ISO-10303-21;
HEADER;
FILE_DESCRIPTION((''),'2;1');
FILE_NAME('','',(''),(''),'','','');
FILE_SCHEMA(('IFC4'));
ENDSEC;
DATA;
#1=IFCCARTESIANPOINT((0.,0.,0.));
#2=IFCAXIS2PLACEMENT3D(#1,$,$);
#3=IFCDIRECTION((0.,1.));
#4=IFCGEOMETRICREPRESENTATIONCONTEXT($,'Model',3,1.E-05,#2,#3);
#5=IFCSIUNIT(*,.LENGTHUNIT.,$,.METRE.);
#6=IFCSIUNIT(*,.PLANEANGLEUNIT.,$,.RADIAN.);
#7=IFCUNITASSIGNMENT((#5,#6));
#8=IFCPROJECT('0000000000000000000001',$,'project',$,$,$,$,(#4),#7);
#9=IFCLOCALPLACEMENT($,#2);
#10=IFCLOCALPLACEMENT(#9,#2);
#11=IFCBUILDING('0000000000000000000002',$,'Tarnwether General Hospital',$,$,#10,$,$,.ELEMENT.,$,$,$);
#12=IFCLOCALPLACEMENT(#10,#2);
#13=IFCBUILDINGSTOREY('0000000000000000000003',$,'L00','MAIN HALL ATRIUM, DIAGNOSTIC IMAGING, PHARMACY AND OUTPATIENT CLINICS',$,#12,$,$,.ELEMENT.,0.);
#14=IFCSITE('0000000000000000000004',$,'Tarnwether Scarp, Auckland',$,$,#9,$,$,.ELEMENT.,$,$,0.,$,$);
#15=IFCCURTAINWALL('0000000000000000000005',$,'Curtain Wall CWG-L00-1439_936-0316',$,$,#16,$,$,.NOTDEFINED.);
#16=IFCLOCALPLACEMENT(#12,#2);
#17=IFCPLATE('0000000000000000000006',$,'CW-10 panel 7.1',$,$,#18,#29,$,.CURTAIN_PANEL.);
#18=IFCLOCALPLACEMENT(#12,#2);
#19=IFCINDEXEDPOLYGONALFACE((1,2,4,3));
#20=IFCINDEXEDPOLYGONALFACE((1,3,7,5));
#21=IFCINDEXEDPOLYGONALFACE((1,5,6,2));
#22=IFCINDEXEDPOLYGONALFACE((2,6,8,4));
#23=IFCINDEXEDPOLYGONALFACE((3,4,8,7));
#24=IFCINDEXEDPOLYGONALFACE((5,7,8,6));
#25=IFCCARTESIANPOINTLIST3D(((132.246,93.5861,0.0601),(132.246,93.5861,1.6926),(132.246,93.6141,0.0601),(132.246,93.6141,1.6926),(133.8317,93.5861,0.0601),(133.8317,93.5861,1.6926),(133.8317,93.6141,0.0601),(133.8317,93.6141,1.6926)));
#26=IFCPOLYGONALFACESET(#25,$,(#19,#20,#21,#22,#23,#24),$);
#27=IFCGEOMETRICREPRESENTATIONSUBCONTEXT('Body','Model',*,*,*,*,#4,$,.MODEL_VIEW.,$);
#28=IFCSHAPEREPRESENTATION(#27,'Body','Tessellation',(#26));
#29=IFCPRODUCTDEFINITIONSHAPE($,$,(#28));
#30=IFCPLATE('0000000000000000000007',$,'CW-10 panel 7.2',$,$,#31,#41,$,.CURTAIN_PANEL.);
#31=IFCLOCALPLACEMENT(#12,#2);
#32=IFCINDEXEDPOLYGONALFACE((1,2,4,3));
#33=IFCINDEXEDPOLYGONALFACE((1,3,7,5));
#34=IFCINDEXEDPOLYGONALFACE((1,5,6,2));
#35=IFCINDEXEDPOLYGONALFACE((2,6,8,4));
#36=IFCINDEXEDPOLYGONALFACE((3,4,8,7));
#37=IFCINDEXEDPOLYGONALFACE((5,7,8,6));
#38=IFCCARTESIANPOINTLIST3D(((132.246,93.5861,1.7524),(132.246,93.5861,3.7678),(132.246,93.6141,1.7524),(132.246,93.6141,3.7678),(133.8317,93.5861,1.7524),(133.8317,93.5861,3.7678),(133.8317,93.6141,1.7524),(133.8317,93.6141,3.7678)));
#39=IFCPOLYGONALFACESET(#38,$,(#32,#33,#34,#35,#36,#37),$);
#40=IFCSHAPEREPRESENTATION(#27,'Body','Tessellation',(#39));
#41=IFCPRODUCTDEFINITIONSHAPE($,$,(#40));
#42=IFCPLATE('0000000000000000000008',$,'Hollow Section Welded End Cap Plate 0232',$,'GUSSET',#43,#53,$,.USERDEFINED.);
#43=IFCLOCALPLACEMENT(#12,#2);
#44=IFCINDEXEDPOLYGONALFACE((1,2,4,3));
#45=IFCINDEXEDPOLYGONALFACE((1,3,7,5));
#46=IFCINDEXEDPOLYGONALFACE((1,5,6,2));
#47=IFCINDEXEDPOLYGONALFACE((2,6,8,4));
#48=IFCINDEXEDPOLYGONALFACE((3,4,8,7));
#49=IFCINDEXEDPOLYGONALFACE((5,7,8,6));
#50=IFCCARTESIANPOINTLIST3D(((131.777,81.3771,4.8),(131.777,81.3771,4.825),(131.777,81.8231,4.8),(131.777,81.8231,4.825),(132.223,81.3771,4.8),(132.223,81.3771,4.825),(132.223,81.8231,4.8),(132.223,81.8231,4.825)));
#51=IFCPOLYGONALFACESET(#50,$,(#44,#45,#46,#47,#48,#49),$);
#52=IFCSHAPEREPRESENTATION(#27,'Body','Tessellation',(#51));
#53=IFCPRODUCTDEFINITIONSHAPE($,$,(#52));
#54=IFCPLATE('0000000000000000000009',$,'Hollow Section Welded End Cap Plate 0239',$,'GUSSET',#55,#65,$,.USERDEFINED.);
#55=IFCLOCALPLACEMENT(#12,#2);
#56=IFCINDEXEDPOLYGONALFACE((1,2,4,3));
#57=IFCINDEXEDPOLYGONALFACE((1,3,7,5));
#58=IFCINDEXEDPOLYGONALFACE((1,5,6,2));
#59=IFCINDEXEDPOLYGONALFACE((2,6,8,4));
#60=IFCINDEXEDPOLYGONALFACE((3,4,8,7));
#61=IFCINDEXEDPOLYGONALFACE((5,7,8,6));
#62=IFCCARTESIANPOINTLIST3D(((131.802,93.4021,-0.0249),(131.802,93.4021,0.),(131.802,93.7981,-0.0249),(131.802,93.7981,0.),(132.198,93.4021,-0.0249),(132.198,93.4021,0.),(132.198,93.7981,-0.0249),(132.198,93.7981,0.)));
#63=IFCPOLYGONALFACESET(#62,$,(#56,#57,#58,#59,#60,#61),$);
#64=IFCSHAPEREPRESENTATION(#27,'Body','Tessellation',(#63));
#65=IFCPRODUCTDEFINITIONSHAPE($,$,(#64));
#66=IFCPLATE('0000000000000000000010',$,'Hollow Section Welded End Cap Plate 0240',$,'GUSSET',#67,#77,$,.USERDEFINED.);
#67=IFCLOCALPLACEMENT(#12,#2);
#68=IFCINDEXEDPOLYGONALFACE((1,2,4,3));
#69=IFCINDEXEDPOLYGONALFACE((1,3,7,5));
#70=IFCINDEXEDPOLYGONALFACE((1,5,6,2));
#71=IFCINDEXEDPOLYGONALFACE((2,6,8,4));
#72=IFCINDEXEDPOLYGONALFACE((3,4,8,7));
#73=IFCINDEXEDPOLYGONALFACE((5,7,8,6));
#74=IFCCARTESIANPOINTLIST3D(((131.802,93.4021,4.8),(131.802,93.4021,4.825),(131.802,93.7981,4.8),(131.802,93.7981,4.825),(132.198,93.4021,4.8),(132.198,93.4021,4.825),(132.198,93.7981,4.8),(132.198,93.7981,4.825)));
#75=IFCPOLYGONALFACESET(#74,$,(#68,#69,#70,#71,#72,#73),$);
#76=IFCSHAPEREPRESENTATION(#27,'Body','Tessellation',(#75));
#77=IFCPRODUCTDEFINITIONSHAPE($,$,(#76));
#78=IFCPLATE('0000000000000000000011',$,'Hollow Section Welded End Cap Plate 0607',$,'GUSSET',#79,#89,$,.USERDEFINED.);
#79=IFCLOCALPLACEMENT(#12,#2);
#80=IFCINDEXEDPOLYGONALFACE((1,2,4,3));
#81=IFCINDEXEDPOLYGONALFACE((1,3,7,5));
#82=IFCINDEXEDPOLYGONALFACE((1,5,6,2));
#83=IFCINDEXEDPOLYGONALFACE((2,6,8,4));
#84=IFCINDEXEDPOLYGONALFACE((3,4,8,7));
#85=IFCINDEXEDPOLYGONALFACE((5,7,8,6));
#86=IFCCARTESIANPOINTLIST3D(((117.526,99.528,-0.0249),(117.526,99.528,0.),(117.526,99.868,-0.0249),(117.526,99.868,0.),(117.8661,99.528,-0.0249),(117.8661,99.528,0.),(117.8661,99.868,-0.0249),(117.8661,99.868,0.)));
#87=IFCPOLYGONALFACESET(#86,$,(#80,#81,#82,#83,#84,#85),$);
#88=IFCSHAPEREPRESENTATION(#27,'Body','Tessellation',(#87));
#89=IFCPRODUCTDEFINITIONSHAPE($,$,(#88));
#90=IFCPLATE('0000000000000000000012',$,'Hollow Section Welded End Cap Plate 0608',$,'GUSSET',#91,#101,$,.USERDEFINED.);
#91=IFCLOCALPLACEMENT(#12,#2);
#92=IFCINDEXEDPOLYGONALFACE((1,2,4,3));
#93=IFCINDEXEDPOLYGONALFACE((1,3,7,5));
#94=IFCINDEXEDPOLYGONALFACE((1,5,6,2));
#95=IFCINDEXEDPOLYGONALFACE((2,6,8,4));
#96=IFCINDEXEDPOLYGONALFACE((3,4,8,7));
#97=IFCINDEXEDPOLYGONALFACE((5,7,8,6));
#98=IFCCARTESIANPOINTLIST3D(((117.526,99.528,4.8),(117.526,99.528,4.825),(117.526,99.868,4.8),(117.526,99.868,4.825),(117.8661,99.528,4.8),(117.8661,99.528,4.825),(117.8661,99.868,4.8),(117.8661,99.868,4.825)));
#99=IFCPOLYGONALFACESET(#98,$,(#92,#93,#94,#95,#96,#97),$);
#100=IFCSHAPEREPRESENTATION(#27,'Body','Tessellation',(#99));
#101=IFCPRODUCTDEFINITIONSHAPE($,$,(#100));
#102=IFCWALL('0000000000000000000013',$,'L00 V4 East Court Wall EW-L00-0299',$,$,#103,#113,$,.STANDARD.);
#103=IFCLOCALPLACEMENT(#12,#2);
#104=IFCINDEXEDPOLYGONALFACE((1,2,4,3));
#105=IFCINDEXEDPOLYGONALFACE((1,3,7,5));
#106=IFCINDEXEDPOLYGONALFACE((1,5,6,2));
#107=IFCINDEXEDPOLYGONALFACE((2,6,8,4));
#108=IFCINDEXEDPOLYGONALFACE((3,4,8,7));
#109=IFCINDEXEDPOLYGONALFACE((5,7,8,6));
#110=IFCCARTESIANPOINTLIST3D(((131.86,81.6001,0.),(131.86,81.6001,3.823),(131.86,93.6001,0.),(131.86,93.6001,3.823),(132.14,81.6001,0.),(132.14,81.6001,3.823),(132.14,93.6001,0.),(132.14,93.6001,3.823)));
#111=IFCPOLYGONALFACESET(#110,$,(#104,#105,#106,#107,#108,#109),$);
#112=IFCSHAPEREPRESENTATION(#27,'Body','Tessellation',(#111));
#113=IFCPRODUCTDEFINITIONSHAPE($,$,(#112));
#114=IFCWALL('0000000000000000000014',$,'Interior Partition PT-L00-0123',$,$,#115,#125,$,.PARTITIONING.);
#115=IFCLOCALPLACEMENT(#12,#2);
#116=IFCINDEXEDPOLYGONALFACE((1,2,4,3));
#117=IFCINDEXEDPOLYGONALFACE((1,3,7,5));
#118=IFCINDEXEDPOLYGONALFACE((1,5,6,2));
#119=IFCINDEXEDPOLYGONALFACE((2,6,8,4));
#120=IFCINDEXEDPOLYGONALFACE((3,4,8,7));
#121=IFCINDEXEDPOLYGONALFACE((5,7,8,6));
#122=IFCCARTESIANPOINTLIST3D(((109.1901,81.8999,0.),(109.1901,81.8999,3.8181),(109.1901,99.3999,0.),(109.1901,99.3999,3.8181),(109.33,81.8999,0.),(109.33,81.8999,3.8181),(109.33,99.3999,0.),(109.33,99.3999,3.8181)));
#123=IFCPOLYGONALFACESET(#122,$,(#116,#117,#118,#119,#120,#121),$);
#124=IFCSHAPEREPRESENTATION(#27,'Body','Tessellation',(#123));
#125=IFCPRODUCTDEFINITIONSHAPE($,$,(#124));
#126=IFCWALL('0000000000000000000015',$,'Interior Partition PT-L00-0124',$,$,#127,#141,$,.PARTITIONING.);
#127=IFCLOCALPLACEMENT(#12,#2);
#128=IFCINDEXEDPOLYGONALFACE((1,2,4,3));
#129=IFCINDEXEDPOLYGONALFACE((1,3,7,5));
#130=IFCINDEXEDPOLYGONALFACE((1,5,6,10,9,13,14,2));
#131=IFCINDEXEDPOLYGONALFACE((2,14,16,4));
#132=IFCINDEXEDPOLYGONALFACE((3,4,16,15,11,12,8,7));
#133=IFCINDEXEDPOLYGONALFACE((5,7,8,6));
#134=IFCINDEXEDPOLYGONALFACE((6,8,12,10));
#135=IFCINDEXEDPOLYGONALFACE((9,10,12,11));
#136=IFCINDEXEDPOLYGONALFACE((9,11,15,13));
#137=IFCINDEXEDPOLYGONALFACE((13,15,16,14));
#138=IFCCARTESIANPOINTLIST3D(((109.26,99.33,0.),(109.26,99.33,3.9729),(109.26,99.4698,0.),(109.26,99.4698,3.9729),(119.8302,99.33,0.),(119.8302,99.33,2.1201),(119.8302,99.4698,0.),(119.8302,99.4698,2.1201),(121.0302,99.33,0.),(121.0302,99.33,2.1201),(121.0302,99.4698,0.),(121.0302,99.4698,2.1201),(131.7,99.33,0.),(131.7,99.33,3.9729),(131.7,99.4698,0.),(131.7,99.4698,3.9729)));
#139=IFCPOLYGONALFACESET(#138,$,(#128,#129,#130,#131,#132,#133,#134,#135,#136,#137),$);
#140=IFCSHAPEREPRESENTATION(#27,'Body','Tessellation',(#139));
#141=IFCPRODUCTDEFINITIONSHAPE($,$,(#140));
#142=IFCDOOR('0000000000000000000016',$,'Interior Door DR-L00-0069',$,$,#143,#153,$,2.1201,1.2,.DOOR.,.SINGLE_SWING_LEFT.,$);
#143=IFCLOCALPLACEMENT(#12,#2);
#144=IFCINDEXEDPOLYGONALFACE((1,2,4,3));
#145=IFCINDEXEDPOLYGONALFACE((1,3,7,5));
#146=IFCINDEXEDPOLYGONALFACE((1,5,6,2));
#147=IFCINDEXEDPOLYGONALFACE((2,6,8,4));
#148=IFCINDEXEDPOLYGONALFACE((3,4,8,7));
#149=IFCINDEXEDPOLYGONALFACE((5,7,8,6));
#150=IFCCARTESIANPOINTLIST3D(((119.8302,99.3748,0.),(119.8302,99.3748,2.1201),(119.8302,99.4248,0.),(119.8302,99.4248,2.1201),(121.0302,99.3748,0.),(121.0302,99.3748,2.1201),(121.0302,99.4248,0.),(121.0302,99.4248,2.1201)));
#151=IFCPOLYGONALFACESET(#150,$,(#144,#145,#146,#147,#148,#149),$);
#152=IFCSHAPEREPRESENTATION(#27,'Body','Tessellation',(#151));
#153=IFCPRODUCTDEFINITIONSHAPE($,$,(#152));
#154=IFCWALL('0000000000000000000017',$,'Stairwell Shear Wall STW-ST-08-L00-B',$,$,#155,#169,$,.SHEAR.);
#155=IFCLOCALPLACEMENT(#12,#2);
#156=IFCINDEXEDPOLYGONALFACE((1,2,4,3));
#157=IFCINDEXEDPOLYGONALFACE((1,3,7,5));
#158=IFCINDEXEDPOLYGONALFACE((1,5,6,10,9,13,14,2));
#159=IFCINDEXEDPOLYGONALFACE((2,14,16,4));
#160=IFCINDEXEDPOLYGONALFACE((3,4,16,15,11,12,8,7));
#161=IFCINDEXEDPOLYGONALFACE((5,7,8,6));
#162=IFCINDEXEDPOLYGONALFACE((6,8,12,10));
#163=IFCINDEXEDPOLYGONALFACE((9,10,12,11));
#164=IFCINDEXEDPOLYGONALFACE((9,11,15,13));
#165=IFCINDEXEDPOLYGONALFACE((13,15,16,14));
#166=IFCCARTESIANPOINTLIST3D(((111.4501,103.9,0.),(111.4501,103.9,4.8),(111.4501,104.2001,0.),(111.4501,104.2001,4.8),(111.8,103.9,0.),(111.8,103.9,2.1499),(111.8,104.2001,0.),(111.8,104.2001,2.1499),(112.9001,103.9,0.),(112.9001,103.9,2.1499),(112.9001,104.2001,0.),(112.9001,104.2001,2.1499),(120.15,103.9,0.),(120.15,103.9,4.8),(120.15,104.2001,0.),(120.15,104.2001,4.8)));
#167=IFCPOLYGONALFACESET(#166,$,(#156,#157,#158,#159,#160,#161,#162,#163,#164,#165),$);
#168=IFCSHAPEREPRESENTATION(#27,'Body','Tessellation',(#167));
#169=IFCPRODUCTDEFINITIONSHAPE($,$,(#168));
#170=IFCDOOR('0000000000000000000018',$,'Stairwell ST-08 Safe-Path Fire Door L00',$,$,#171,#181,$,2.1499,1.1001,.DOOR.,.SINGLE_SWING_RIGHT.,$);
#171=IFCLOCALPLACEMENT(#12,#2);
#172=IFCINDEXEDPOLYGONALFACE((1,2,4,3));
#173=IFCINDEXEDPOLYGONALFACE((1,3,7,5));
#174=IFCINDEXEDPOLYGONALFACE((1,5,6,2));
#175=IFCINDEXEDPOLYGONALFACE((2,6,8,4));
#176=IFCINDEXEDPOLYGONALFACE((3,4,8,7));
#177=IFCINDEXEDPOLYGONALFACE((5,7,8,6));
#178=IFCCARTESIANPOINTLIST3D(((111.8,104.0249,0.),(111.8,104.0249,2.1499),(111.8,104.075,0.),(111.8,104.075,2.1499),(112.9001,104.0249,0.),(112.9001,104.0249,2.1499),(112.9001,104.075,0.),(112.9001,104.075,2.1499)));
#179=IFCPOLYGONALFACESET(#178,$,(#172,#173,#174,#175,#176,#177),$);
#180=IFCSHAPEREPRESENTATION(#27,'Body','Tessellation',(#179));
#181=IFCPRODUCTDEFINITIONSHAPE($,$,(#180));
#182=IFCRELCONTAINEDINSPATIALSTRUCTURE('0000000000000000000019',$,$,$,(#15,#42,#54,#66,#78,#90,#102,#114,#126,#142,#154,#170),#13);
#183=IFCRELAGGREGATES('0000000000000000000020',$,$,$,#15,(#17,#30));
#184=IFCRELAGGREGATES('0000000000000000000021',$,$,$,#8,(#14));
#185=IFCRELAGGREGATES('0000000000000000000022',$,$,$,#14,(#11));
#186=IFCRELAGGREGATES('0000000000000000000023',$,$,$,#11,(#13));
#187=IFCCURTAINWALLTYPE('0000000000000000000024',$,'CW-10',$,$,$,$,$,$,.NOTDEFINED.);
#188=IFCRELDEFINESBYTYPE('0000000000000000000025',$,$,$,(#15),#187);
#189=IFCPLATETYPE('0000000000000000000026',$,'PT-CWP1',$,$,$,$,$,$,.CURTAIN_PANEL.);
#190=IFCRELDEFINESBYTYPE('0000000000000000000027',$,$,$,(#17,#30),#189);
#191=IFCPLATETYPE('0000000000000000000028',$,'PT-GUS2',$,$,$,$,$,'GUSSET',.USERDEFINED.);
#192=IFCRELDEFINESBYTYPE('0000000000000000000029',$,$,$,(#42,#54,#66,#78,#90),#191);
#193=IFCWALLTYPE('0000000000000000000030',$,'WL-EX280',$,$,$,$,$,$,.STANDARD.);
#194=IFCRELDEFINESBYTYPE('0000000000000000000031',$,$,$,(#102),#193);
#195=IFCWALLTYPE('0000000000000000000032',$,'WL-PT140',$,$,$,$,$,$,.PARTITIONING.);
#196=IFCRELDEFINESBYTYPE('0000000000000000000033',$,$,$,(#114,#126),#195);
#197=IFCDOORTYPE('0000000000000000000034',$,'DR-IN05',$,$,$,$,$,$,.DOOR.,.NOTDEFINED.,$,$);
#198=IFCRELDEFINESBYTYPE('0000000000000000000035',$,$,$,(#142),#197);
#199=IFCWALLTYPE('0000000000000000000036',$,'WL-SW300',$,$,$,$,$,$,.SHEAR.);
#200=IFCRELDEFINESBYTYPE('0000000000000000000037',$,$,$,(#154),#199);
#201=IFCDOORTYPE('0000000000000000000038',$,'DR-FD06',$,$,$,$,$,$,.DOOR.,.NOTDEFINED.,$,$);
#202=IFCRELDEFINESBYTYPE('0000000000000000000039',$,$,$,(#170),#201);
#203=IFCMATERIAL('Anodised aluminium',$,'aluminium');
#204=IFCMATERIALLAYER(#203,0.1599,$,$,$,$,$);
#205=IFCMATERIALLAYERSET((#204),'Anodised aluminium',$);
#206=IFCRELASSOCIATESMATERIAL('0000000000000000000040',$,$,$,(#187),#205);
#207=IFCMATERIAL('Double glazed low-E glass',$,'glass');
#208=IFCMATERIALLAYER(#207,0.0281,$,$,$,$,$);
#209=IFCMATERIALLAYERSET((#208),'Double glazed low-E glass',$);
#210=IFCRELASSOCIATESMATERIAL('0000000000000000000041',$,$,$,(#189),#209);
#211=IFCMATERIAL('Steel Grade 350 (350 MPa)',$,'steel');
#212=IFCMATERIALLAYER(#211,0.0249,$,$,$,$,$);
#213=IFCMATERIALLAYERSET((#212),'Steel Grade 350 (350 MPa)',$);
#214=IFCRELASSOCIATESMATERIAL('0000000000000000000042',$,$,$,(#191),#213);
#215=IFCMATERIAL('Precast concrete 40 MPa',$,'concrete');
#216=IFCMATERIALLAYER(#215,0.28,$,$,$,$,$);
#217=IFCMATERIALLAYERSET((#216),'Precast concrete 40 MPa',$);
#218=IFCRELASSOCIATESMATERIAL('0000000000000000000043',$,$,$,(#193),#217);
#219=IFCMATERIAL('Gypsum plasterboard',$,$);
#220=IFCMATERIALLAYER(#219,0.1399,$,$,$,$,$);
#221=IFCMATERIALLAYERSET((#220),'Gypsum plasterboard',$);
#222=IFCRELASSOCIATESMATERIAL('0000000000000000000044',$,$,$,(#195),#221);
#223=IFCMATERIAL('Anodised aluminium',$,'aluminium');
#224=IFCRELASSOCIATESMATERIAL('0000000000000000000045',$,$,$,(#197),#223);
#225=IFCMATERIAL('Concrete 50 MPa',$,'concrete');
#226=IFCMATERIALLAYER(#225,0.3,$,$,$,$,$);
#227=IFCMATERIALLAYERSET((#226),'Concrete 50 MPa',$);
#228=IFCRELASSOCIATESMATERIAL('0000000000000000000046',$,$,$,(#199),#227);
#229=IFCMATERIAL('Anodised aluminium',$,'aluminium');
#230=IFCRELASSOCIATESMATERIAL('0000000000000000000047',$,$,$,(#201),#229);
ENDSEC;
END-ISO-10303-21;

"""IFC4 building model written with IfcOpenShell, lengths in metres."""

from ifc_helpers import new_model, si_unit, direction, frame, frame_2d, origin, origin_2d, place, context, subcontext, project, spatial, rectangle, extrude, material, layer, layer_set, type_object, element, fill, aggregate, save


model = new_model("IFC4")

# Units and contexts
model_context = context("Model", 3, precision=1e-05, world=origin(), true_north=direction((0.0, 1.0)))
body_context = subcontext(model_context, "Body", "Model", "MODEL_VIEW")
ifc_project = project(units=[si_unit("LENGTHUNIT", "METRE"), si_unit("PLANEANGLEUNIT", "RADIAN")], contexts=[model_context])

# Site, building, storey
site_placement = place(None, origin())
site = spatial("IfcSite", under=ifc_project, at=site_placement, Name="Tarnwether Scarp, Auckland", CompositionType="ELEMENT", RefElevation=0.0)
building_placement = place(site_placement, origin())
building = spatial("IfcBuilding", under=site, at=building_placement, Name="Tarnwether General Hospital", CompositionType="ELEMENT")
storey_placement = place(building_placement, origin())
storey = spatial("IfcBuildingStorey", under=building, at=storey_placement, Name="L00", Description="MAIN HALL ATRIUM, DIAGNOSTIC IMAGING, PHARMACY AND OUTPATIENT CLINICS", CompositionType="ELEMENT", Elevation=0.0)

# Curtain wall, plates
ifc_material_1 = material(Name="Anodised aluminium", Category="aluminium")
ifc_layer_1 = layer(ifc_material_1, 0.1599)
ifc_layer_set_1 = layer_set([ifc_layer_1], Name="Anodised aluminium")
curtain_wall_type = type_object("IfcCurtainWallType", Name="CW-10", PredefinedType="NOTDEFINED", material=ifc_layer_set_1)
curtain_wall_placement = place(storey_placement, origin())
curtain_wall = element("IfcCurtainWall", 1, at=curtain_wall_placement, inside=storey, type_object=curtain_wall_type, Name="Curtain Wall CWG-L00-1439_936-0316", PredefinedType="NOTDEFINED")
ifc_material_2 = material(Name="Double glazed low-E glass", Category="glass")
ifc_layer_2 = layer(ifc_material_2, 0.0281)
ifc_layer_set_2 = layer_set([ifc_layer_2], Name="Double glazed low-E glass")
plate_type_1 = type_object("IfcPlateType", Name="PT-CWP1", PredefinedType="CURTAIN_PANEL", material=ifc_layer_set_2)
plate_1_placement = place(storey_placement, frame((133.0388, 93.6001, 0.0601), z_axis=(0.0, 0.0, 1.0), x_axis=(-1.0, 0.0, 0.0)))
plate_1 = element("IfcPlate", 2, at=plate_1_placement, type_object=plate_type_1, Name="CW-10 panel 7.1", PredefinedType="CURTAIN_PANEL", context=body_context, shape_type="SweptSolid", body=[
    extrude(rectangle(XDim=1.5857, YDim=0.0281, at=origin_2d()), origin(), (0.0, 0.0, 1.0), 1.6326),
])
plate_2_placement = place(storey_placement, frame((133.0388, 93.6001, 1.7524), z_axis=(0.0, 0.0, 1.0), x_axis=(-1.0, 0.0, 0.0)))
plate_2 = element("IfcPlate", 3, at=plate_2_placement, type_object=plate_type_1, Name="CW-10 panel 7.2", PredefinedType="CURTAIN_PANEL", context=body_context, shape_type="SweptSolid", body=[
    extrude(rectangle(XDim=1.5857, YDim=0.0281, at=origin_2d()), origin(), (0.0, 0.0, 1.0), 2.0154),
])
aggregate(curtain_wall, [plate_1, plate_2])

# Plates
ifc_material_3 = material(Name="Steel Grade 350 (350 MPa)", Category="steel")
ifc_layer_3 = layer(ifc_material_3, 0.0249)
ifc_layer_set_3 = layer_set([ifc_layer_3], Name="Steel Grade 350 (350 MPa)")
plate_type_2 = type_object("IfcPlateType", Name="PT-GUS2", ElementType="GUSSET", PredefinedType="USERDEFINED", material=ifc_layer_set_3)
plate_3_placement = place(storey_placement, frame((132.0, 81.6001, 4.8), z_axis=(0.0, 0.0, 1.0), x_axis=(1.0, 0.0, 0.0)))
element("IfcPlate", 4, at=plate_3_placement, inside=storey, type_object=plate_type_2, Name="Hollow Section Welded End Cap Plate 0232", ObjectType="GUSSET", PredefinedType="USERDEFINED", context=body_context, shape_type="SweptSolid", body=[
    extrude(rectangle(XDim=0.446, YDim=0.446, at=origin_2d()), origin(), (0.0, 0.0, 1.0), 0.0249),
])
for number, where, z_axis, x_axis, name in (
    (5, (132.0, 93.6001, -0.0249), (0.0, 0.0, 1.0), (1.0, 0.0, 0.0), "Hollow Section Welded End Cap Plate 0239"),
    (6, (132.0, 93.6001, 4.8), (0.0, 0.0, 1.0), (1.0, 0.0, 0.0), "Hollow Section Welded End Cap Plate 0240"),
):
    element("IfcPlate", number, at=place(storey_placement, frame(where, z_axis=z_axis, x_axis=x_axis)), inside=storey, type_object=plate_type_2, Name=name, ObjectType="GUSSET", PredefinedType="USERDEFINED", context=body_context, shape_type="SweptSolid", body=[
        extrude(rectangle(XDim=0.396, YDim=0.396, at=origin_2d()), origin(), (0.0, 0.0, 1.0), 0.0249),
    ])
for number, where, z_axis, x_axis, name in (
    (7, (117.696, 99.698, -0.0249), (0.0, 0.0, 1.0), (1.0, 0.0, 0.0), "Hollow Section Welded End Cap Plate 0607"),
    (8, (117.696, 99.698, 4.8), (0.0, 0.0, 1.0), (1.0, 0.0, 0.0), "Hollow Section Welded End Cap Plate 0608"),
):
    element("IfcPlate", number, at=place(storey_placement, frame(where, z_axis=z_axis, x_axis=x_axis)), inside=storey, type_object=plate_type_2, Name=name, ObjectType="GUSSET", PredefinedType="USERDEFINED", context=body_context, shape_type="SweptSolid", body=[
        extrude(rectangle(XDim=0.3401, YDim=0.3401, at=origin_2d()), origin(), (0.0, 0.0, 1.0), 0.0249),
    ])

# Walls
ifc_material_4 = material(Name="Precast concrete 40 MPa", Category="concrete")
ifc_layer_4 = layer(ifc_material_4, 0.28)
ifc_layer_set_4 = layer_set([ifc_layer_4], Name="Precast concrete 40 MPa")
wall_type_1 = type_object("IfcWallType", Name="WL-EX280", PredefinedType="STANDARD", material=ifc_layer_set_4)
wall_1_placement = place(storey_placement, frame((132.0, 93.6001, 0.0), z_axis=(0.0, 0.0, 1.0), x_axis=(0.0, -1.0, 0.0)))
element("IfcWall", 9, at=wall_1_placement, inside=storey, type_object=wall_type_1, Name="L00 V4 East Court Wall EW-L00-0299", PredefinedType="STANDARD", context=body_context, shape_type="SweptSolid", body=[
    extrude(rectangle(XDim=12.0, YDim=0.28, at=frame_2d((6.0, 0.0))), origin(), (0.0, 0.0, 1.0), 3.823),
])
ifc_material_5 = material(Name="Gypsum plasterboard")
ifc_layer_5 = layer(ifc_material_5, 0.1399)
ifc_layer_set_5 = layer_set([ifc_layer_5], Name="Gypsum plasterboard")
wall_type_2 = type_object("IfcWallType", Name="WL-PT140", PredefinedType="PARTITIONING", material=ifc_layer_set_5)
wall_2_placement = place(storey_placement, frame((109.26, 81.8999, 0.0), z_axis=(0.0, 0.0, 1.0), x_axis=(0.0, 1.0, 0.0)))
element("IfcWall", 10, at=wall_2_placement, inside=storey, type_object=wall_type_2, Name="Interior Partition PT-L00-0123", PredefinedType="PARTITIONING", context=body_context, shape_type="SweptSolid", body=[
    extrude(rectangle(XDim=17.5, YDim=0.1399, at=frame_2d((8.75, 0.0))), origin(), (0.0, 0.0, 1.0), 3.8181),
])

# Walls, openings, doors
wall_3_placement = place(storey_placement, frame((109.26, 99.3999, 0.0), z_axis=(0.0, 0.0, 1.0), x_axis=(1.0, 0.0, 0.0)))
wall_3 = element("IfcWall", 11, at=wall_3_placement, inside=storey, type_object=wall_type_2, Name="Interior Partition PT-L00-0124", PredefinedType="PARTITIONING", context=body_context, shape_type="SweptSolid", body=[
    extrude(rectangle(XDim=22.4399, YDim=0.1399, at=frame_2d((11.22, 0.0))), origin(), (0.0, 0.0, 1.0), 3.9729),
])
opening_1_placement = place(wall_3_placement, frame((10.5701, 0.0, 0.0)))
opening_1 = element("IfcOpeningElement", 12, at=opening_1_placement, cuts=wall_3, PredefinedType="OPENING", context=body_context, shape_type="SweptSolid", body=[
    extrude(rectangle(XDim=1.2, YDim=2.1201, at=frame_2d((0.6001, 1.0601))), frame((0.0, 0.0801, 0.0), z_axis=(0.0, -1.0, 0.0), x_axis=(1.0, 0.0, 0.0)), (0.0, 0.0, 1.0), 0.1599),
])
ifc_material_6 = material(Name="Anodised aluminium", Category="aluminium")
door_type_1 = type_object("IfcDoorType", Name="DR-IN05", OperationType="NOTDEFINED", PredefinedType="DOOR", material=ifc_material_6)
door_1_placement = place(opening_1_placement, origin())
door_1 = element("IfcDoor", 13, at=door_1_placement, inside=storey, type_object=door_type_1, Name="Interior Door DR-L00-0069", OperationType="SINGLE_SWING_LEFT", OverallHeight=2.1201, OverallWidth=1.2, PredefinedType="DOOR", context=body_context, shape_type="SweptSolid", body=[
    extrude(rectangle(XDim=1.2, YDim=2.1201, at=frame_2d((0.6001, 1.0601))), frame((0.0, 0.0249, 0.0), z_axis=(0.0, -1.0, 0.0), x_axis=(1.0, 0.0, 0.0)), (0.0, 0.0, 1.0), 0.05),
])
fill(opening_1, door_1)
ifc_material_7 = material(Name="Concrete 50 MPa", Category="concrete")
ifc_layer_6 = layer(ifc_material_7, 0.3)
ifc_layer_set_6 = layer_set([ifc_layer_6], Name="Concrete 50 MPa")
wall_type_3 = type_object("IfcWallType", Name="WL-SW300", PredefinedType="SHEAR", material=ifc_layer_set_6)
wall_4_placement = place(storey_placement, frame((111.45, 104.05, 0.0), z_axis=(0.0, 0.0, 1.0), x_axis=(1.0, 0.0, 0.0)))
wall_4 = element("IfcWall", 14, at=wall_4_placement, inside=storey, type_object=wall_type_3, Name="Stairwell Shear Wall STW-ST-08-L00-B", PredefinedType="SHEAR", context=body_context, shape_type="SweptSolid", body=[
    extrude(rectangle(XDim=8.7, YDim=0.3, at=frame_2d((4.3501, 0.0))), origin(), (0.0, 0.0, 1.0), 4.8),
])
opening_2_placement = place(wall_4_placement, frame((0.3501, 0.0, 0.0)))
opening_2 = element("IfcOpeningElement", 15, at=opening_2_placement, cuts=wall_4, PredefinedType="OPENING", context=body_context, shape_type="SweptSolid", body=[
    extrude(rectangle(XDim=1.1001, YDim=2.1499, at=frame_2d((0.55, 1.075))), frame((0.0, 0.1602, 0.0), z_axis=(0.0, -1.0, 0.0), x_axis=(1.0, 0.0, 0.0)), (0.0, 0.0, 1.0), 0.3201),
])
ifc_material_8 = material(Name="Anodised aluminium", Category="aluminium")
door_type_2 = type_object("IfcDoorType", Name="DR-FD06", OperationType="NOTDEFINED", PredefinedType="DOOR", material=ifc_material_8)
door_2_placement = place(opening_2_placement, origin())
door_2 = element("IfcDoor", 16, at=door_2_placement, inside=storey, type_object=door_type_2, Name="Stairwell ST-08 Safe-Path Fire Door L00", OperationType="SINGLE_SWING_RIGHT", OverallHeight=2.1499, OverallWidth=1.1001, PredefinedType="DOOR", context=body_context, shape_type="SweptSolid", body=[
    extrude(rectangle(XDim=1.1001, YDim=2.1499, at=frame_2d((0.55, 1.075))), frame((0.0, 0.0249, 0.0), z_axis=(0.0, -1.0, 0.0), x_axis=(1.0, 0.0, 0.0)), (0.0, 0.0, 1.0), 0.05),
])
fill(opening_2, door_2)

save(model, "model.ifc")
